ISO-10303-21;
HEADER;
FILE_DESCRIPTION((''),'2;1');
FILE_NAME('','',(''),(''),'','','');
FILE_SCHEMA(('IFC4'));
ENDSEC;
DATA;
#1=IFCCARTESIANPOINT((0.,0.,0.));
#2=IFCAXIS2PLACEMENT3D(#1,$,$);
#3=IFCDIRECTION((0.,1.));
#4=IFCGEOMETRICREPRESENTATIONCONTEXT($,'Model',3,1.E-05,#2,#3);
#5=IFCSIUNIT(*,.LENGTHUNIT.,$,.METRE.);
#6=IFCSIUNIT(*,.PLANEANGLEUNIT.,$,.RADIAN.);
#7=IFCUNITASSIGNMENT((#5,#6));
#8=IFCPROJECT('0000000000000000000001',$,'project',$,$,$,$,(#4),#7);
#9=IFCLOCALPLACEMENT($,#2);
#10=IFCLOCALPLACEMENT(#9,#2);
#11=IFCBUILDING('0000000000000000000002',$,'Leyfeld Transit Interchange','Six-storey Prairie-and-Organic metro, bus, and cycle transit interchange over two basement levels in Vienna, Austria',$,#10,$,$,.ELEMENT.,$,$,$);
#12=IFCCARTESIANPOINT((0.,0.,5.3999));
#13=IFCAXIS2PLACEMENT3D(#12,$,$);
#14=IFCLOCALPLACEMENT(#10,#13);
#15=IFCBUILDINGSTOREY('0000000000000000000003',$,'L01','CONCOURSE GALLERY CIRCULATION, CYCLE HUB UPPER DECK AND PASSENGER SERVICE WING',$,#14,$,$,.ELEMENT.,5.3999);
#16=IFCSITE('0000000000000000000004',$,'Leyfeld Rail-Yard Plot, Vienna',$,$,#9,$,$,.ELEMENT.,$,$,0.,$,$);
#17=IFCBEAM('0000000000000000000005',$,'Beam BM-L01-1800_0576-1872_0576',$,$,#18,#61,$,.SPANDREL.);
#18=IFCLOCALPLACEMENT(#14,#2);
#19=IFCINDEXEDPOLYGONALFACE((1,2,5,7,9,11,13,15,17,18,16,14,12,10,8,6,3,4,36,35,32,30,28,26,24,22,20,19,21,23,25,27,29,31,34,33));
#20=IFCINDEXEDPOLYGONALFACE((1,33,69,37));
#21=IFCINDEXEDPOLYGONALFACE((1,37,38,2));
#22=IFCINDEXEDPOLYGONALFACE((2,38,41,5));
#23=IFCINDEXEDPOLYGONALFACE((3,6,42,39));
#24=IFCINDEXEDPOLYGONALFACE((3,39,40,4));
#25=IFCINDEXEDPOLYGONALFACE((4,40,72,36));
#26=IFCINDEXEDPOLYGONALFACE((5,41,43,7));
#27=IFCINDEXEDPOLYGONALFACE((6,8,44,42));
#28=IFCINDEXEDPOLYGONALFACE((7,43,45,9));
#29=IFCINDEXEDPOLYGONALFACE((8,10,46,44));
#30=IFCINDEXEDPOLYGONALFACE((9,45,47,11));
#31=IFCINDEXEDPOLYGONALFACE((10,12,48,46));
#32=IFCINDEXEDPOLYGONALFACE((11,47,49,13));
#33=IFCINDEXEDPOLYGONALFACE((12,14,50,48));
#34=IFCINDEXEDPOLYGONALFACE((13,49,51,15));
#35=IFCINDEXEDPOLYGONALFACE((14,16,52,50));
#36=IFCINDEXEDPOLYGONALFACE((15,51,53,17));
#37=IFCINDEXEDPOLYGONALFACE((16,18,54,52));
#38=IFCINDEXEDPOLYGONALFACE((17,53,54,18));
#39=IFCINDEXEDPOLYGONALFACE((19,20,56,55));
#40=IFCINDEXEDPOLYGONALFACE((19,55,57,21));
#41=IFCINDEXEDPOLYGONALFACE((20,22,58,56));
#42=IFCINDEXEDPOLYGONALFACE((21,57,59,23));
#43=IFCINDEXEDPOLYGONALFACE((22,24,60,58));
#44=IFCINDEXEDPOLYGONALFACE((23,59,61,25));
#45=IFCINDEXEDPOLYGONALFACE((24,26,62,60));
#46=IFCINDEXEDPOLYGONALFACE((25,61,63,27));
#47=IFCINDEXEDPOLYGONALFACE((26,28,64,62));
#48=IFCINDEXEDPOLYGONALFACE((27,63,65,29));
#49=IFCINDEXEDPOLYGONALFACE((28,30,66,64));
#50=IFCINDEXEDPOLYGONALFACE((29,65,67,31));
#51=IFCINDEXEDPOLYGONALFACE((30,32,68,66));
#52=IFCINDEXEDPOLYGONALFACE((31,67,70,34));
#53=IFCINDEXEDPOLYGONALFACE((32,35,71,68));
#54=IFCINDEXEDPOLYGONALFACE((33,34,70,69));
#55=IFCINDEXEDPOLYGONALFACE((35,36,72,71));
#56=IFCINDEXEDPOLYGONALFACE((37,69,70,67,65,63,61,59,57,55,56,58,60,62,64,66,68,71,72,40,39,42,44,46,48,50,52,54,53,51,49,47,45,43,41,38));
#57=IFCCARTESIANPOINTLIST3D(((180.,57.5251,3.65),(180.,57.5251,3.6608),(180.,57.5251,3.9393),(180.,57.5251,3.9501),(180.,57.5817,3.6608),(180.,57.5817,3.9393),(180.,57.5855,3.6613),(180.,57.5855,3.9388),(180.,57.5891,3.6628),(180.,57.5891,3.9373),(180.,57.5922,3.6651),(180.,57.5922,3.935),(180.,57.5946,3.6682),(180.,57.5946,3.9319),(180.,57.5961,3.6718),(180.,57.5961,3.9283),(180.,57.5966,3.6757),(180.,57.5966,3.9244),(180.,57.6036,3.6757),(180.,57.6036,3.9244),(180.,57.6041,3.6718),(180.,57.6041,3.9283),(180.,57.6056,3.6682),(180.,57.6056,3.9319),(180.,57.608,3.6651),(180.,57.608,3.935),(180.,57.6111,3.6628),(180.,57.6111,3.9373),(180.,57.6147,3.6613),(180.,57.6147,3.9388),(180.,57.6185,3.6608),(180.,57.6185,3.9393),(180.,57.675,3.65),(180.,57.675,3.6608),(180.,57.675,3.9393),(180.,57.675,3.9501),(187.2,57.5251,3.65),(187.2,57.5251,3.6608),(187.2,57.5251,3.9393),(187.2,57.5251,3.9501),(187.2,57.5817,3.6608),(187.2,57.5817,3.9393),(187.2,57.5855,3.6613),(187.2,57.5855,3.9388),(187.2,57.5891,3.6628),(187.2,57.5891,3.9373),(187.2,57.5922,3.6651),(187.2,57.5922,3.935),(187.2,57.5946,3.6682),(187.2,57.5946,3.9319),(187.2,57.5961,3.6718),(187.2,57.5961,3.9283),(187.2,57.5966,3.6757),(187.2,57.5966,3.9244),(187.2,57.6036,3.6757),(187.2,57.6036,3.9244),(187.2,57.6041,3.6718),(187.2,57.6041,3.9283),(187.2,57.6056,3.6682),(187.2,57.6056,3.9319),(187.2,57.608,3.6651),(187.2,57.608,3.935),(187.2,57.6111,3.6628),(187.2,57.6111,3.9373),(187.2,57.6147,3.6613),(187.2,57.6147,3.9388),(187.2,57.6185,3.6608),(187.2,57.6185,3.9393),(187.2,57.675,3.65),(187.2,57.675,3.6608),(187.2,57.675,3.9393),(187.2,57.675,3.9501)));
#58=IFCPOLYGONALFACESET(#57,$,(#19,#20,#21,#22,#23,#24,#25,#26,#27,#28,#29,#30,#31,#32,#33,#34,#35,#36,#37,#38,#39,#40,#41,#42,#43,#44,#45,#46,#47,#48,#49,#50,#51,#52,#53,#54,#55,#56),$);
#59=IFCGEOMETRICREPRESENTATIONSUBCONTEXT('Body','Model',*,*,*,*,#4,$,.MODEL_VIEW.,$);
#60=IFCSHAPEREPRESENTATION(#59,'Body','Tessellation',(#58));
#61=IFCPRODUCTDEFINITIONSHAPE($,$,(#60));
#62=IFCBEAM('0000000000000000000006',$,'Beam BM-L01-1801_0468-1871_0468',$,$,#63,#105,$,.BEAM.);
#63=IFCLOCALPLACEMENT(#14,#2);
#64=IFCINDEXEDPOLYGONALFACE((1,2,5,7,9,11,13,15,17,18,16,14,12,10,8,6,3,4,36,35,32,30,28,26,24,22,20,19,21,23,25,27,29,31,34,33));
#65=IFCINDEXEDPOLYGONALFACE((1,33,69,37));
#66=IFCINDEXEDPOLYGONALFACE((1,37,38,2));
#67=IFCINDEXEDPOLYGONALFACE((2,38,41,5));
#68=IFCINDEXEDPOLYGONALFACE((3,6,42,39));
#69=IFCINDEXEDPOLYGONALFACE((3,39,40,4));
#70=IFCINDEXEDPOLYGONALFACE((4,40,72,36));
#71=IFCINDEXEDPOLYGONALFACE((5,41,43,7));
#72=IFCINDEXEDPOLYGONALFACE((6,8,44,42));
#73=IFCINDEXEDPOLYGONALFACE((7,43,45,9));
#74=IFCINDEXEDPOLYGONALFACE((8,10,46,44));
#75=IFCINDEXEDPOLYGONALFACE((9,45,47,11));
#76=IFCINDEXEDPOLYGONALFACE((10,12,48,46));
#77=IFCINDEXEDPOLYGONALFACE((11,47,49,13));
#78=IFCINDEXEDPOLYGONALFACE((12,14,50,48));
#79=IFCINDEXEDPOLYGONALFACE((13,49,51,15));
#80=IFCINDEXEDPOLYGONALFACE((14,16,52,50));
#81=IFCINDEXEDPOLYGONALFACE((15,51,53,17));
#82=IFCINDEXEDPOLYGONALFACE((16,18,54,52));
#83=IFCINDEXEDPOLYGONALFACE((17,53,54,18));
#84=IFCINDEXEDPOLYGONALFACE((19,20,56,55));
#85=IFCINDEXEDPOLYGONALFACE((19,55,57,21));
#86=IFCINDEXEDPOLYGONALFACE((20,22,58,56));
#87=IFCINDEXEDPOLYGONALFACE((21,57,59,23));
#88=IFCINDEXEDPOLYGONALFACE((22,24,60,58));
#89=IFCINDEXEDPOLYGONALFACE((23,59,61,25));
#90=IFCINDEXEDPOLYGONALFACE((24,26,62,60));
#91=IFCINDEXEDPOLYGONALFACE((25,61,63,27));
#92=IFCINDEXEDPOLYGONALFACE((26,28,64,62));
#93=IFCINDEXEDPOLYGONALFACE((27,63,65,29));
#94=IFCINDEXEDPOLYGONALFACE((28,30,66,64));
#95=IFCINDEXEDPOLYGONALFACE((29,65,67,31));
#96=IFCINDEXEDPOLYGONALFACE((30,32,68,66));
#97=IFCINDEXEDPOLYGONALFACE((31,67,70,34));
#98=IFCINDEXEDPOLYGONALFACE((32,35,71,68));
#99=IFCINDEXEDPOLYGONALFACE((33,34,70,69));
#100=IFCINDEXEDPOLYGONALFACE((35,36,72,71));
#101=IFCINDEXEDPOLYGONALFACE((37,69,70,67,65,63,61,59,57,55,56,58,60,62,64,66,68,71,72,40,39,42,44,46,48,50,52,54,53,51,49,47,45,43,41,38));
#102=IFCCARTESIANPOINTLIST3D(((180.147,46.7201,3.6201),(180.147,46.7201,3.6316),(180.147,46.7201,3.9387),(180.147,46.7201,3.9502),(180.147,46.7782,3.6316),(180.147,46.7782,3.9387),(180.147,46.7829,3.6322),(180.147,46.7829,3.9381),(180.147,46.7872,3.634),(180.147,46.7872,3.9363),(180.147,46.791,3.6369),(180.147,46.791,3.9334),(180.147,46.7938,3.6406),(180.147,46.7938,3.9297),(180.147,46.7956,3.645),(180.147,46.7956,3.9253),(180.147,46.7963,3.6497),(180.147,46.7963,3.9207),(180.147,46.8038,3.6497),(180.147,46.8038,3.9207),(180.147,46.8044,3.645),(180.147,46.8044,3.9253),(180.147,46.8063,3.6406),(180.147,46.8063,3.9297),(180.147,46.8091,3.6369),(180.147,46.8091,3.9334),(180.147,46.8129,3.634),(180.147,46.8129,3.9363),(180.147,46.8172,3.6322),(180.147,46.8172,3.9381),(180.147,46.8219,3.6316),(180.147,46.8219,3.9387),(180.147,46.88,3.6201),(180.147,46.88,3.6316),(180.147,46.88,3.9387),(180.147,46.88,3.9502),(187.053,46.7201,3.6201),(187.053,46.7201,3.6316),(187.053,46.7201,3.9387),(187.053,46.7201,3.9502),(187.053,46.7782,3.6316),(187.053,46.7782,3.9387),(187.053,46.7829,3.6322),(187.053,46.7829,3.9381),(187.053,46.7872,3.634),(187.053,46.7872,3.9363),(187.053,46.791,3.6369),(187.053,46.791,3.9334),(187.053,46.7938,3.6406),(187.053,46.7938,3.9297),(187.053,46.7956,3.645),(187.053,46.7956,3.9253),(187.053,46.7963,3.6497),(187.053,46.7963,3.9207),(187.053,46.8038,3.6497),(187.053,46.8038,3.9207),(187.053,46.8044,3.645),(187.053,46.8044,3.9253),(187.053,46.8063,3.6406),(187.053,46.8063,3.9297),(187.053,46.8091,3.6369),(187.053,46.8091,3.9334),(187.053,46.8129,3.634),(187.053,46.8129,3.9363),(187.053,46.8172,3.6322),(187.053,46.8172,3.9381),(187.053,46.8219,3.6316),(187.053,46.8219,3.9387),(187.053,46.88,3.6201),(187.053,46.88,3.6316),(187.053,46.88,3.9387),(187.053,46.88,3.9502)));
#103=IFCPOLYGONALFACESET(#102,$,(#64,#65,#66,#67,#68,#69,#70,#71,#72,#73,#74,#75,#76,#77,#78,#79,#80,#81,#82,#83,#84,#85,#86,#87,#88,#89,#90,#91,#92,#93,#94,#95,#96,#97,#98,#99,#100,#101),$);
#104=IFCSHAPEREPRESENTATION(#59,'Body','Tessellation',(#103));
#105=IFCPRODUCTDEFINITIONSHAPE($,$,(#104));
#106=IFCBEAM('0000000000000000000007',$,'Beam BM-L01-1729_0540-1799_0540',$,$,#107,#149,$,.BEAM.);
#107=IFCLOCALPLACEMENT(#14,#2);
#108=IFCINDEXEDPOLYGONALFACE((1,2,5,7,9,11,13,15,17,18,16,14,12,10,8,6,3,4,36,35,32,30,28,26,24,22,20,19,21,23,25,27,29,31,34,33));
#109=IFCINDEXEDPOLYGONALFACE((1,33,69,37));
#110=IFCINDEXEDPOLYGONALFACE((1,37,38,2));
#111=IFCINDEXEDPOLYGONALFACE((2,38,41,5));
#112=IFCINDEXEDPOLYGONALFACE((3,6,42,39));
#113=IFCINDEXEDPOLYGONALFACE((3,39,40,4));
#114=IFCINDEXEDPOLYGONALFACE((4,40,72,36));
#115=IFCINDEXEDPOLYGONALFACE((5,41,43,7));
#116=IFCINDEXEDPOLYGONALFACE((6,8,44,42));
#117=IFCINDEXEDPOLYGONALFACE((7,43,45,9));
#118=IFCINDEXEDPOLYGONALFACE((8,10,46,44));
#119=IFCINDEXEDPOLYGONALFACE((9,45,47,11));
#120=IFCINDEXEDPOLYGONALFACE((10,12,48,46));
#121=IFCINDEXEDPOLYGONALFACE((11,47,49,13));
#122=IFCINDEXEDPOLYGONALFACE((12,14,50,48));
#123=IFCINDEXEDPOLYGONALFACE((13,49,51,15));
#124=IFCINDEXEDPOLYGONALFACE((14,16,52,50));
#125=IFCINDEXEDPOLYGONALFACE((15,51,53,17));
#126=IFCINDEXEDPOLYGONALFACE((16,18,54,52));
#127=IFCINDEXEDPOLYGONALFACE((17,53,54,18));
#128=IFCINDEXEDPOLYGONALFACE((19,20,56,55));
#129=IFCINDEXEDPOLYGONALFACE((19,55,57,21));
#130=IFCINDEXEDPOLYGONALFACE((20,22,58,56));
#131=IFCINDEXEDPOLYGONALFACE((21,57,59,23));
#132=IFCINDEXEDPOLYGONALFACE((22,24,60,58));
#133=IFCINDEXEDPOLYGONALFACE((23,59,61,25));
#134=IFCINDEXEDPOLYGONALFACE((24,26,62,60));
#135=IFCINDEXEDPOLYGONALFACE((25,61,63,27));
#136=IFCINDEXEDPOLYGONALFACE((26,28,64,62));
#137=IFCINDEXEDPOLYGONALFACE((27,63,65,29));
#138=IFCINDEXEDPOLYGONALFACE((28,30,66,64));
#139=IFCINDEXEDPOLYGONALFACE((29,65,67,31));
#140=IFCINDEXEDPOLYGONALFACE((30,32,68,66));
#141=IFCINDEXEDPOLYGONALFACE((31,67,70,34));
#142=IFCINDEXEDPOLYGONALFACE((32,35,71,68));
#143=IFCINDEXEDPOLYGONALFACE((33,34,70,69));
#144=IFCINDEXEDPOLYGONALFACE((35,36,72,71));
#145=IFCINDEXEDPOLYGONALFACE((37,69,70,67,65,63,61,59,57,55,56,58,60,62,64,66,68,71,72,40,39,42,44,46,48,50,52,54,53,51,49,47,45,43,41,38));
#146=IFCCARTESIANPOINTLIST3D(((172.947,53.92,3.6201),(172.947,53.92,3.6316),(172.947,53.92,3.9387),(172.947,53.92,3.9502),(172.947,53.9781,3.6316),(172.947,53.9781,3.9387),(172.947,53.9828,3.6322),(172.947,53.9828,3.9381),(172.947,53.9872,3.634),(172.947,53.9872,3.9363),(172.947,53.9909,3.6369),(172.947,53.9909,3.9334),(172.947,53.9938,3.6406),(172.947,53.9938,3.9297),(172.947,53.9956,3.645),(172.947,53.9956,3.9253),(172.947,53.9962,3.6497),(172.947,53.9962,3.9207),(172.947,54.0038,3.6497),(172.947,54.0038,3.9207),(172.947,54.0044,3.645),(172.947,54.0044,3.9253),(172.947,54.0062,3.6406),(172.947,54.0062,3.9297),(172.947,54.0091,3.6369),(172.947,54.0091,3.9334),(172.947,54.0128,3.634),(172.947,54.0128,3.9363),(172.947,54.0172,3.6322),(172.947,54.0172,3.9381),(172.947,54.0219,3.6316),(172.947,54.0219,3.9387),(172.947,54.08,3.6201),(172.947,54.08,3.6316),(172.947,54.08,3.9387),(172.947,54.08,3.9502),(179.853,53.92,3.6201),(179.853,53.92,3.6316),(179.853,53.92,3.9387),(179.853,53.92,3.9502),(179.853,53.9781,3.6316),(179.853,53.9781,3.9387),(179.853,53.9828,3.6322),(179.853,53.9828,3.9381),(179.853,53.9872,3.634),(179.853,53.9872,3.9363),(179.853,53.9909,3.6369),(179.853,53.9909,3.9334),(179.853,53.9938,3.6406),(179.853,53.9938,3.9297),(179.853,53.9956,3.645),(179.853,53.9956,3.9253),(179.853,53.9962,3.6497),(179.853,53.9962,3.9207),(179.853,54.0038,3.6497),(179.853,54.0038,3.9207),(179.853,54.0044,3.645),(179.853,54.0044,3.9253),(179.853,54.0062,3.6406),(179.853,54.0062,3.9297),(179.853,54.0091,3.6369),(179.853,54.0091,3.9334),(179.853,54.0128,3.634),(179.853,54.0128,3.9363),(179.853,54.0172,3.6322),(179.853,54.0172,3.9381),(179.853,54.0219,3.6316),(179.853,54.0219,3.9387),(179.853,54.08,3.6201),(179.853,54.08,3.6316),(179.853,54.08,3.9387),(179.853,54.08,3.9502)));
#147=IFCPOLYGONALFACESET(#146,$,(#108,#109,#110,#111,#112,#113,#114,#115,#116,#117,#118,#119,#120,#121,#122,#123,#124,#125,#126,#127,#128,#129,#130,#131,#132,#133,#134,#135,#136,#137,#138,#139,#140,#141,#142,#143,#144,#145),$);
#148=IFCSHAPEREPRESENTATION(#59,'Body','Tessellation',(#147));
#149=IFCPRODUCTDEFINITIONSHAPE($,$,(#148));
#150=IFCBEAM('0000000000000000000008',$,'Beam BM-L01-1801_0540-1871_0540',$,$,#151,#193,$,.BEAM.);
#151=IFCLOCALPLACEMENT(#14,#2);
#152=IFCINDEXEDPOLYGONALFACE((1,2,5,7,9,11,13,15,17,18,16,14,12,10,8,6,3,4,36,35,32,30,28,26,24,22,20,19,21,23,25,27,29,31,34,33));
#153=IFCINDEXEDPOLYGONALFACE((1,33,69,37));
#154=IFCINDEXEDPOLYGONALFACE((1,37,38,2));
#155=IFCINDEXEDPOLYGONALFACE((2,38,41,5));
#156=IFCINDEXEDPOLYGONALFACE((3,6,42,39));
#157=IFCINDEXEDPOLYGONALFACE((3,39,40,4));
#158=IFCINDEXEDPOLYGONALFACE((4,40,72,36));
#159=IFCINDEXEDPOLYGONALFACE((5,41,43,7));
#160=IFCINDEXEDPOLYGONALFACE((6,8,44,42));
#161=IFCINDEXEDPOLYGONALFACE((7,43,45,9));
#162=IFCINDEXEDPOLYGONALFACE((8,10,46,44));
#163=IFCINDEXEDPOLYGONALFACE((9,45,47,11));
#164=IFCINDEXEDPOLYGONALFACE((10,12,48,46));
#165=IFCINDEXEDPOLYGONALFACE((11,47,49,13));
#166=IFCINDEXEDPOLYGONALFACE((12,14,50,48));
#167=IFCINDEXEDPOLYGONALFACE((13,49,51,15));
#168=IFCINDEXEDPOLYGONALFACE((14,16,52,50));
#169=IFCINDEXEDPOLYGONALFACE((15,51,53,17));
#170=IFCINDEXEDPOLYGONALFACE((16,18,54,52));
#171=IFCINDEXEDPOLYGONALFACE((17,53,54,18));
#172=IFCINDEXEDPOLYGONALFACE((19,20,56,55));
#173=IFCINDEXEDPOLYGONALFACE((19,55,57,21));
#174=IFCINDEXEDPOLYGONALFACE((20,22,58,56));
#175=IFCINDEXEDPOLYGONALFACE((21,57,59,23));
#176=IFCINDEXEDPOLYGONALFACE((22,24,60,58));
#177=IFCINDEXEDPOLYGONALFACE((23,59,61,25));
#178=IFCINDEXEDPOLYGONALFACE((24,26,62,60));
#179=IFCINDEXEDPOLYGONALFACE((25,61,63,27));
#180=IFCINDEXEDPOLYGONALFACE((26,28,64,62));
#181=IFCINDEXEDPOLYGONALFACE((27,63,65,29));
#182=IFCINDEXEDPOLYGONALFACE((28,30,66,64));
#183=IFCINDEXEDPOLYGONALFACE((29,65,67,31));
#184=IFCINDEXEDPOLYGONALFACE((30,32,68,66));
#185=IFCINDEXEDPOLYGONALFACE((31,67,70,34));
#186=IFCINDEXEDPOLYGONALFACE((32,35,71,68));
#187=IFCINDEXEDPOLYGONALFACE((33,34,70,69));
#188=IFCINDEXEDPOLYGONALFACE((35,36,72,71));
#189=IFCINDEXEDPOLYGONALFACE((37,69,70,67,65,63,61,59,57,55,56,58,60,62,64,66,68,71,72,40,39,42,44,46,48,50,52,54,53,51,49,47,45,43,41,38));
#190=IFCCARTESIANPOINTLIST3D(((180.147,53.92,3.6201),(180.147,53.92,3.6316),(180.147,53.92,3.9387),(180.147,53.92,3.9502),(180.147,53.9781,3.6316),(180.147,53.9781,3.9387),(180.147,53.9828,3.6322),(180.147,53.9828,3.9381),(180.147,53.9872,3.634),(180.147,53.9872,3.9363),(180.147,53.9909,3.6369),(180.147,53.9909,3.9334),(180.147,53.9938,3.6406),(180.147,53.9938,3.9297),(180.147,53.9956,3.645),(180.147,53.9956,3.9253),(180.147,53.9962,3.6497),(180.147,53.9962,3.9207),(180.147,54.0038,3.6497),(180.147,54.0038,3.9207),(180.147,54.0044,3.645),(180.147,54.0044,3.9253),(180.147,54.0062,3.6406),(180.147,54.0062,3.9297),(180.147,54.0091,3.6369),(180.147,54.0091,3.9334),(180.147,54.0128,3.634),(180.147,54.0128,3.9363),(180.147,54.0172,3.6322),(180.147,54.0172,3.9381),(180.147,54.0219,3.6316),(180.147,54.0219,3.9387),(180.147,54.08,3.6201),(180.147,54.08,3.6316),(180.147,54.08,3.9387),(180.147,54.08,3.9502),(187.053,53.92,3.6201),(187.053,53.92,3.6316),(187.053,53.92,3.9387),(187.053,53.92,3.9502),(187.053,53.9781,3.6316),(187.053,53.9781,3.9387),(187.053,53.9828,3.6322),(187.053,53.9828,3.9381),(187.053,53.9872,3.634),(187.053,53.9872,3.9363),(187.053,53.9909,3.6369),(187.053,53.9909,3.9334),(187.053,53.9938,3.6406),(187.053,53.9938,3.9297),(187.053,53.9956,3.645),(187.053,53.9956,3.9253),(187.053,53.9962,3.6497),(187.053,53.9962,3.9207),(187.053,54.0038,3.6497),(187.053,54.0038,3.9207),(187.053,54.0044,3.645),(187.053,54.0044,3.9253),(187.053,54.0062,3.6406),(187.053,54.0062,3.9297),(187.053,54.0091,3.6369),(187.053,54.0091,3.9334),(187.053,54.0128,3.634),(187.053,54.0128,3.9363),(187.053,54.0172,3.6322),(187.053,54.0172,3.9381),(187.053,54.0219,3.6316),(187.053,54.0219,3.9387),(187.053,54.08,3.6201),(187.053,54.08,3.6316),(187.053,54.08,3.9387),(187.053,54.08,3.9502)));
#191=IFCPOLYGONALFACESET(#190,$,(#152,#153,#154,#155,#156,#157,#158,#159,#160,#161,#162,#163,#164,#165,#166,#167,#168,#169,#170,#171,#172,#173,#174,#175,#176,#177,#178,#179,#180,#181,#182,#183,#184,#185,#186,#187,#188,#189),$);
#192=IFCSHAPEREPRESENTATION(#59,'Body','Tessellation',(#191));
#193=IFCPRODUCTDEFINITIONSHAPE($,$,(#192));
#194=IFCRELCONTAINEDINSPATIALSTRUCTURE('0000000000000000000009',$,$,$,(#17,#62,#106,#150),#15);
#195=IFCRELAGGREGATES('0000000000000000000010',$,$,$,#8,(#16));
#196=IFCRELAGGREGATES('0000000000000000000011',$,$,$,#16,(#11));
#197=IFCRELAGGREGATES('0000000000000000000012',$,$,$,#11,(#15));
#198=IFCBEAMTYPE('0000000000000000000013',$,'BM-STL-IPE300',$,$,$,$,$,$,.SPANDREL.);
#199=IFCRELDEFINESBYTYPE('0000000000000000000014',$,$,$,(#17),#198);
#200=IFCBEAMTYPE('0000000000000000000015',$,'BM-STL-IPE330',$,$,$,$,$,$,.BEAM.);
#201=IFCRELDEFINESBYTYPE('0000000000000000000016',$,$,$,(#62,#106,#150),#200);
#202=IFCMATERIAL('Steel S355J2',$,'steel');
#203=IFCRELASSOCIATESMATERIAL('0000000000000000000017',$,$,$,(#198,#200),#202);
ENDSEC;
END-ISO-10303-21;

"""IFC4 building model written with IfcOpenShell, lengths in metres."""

from ifc_helpers import new_model, si_unit, direction, frame, origin, origin_2d, place, context, subcontext, project, spatial, i_section, extrude, material, material_profile, profile_set, type_object, element, save


model = new_model("IFC4")

# Units and contexts
model_context = context("Model", 3, precision=1e-05, world=origin(), true_north=direction((0.0, 1.0)))
body_context = subcontext(model_context, "Body", "Model", "MODEL_VIEW")
ifc_project = project(units=[si_unit("LENGTHUNIT", "METRE"), si_unit("PLANEANGLEUNIT", "RADIAN")], contexts=[model_context])

# Site, building, storey
site_placement = place(None, origin())
site = spatial("IfcSite", under=ifc_project, at=site_placement, Name="Leyfeld Rail-Yard Plot, Vienna", CompositionType="ELEMENT", RefElevation=0.0)
building_placement = place(site_placement, origin())
building = spatial("IfcBuilding", under=site, at=building_placement, Name="Leyfeld Transit Interchange", Description="Six-storey Prairie-and-Organic metro, bus, and cycle transit interchange over two basement levels in Vienna, Austria", CompositionType="ELEMENT")
storey_placement = place(building_placement, frame((0.0, 0.0, 5.3999)))
storey = spatial("IfcBuildingStorey", under=building, at=storey_placement, Name="L01", Description="CONCOURSE GALLERY CIRCULATION, CYCLE HUB UPPER DECK AND PASSENGER SERVICE WING", CompositionType="ELEMENT", Elevation=5.3999)

# Shared definitions
ifc_material_1 = material(Name="Steel S355J2", Category="steel")

# Beams
ifc_material_profile_1 = material_profile(ifc_material_1, i_section(OverallWidth=0.1499, OverallDepth=0.3, WebThickness=0.0071, FlangeThickness=0.0107, FilletRadius=0.0149, at=origin_2d()), Name="IPE 300")
ifc_profile_set_1 = profile_set([ifc_material_profile_1], Name="Steel S355J2")
beam_type_1 = type_object("IfcBeamType", Name="BM-STL-IPE300", PredefinedType="SPANDREL", material=ifc_profile_set_1)
for number, where, z_axis, x_axis, name in (
    (1, (180.0, 57.6001, 3.8), (1.0, 0.0, 0.0), (0.0, 1.0, 0.0), "Beam BM-L01-1800_0576-1872_0576"),
):
    element("IfcBeam", number, at=place(storey_placement, frame(where, z_axis=z_axis, x_axis=x_axis)), inside=storey, type_object=beam_type_1, Name=name, PredefinedType="SPANDREL", context=body_context, shape_type="SweptSolid", body=[
        extrude(i_section(OverallWidth=0.1499, OverallDepth=0.3, WebThickness=0.0071, FlangeThickness=0.0107, FilletRadius=0.0149, at=origin_2d()), origin(), (0.0, 0.0, 1.0), 7.2),
    ])
ifc_material_profile_2 = material_profile(ifc_material_1, i_section(OverallWidth=0.1599, OverallDepth=0.3301, WebThickness=0.0076, FlangeThickness=0.0115, FilletRadius=0.0181, at=origin_2d()), Name="IPE 330")
ifc_profile_set_2 = profile_set([ifc_material_profile_2], Name="Steel S355J2")
beam_type_2 = type_object("IfcBeamType", Name="BM-STL-IPE330", PredefinedType="BEAM", material=ifc_profile_set_2)
for number, where, z_axis, x_axis, name in (
    (2, (180.147, 46.8, 3.7852), (1.0, 0.0, 0.0), (0.0, 1.0, 0.0), "Beam BM-L01-1801_0468-1871_0468"),
    (3, (172.947, 54.0, 3.7852), (1.0, 0.0, 0.0), (0.0, 1.0, 0.0), "Beam BM-L01-1729_0540-1799_0540"),
    (4, (180.147, 54.0, 3.7852), (1.0, 0.0, 0.0), (0.0, 1.0, 0.0), "Beam BM-L01-1801_0540-1871_0540"),
):
    element("IfcBeam", number, at=place(storey_placement, frame(where, z_axis=z_axis, x_axis=x_axis)), inside=storey, type_object=beam_type_2, Name=name, PredefinedType="BEAM", context=body_context, shape_type="SweptSolid", body=[
        extrude(i_section(OverallWidth=0.1599, OverallDepth=0.3301, WebThickness=0.0076, FlangeThickness=0.0115, FilletRadius=0.0181, at=origin_2d()), origin(), (0.0, 0.0, 1.0), 6.906),
    ])

save(model, "model.ifc")
